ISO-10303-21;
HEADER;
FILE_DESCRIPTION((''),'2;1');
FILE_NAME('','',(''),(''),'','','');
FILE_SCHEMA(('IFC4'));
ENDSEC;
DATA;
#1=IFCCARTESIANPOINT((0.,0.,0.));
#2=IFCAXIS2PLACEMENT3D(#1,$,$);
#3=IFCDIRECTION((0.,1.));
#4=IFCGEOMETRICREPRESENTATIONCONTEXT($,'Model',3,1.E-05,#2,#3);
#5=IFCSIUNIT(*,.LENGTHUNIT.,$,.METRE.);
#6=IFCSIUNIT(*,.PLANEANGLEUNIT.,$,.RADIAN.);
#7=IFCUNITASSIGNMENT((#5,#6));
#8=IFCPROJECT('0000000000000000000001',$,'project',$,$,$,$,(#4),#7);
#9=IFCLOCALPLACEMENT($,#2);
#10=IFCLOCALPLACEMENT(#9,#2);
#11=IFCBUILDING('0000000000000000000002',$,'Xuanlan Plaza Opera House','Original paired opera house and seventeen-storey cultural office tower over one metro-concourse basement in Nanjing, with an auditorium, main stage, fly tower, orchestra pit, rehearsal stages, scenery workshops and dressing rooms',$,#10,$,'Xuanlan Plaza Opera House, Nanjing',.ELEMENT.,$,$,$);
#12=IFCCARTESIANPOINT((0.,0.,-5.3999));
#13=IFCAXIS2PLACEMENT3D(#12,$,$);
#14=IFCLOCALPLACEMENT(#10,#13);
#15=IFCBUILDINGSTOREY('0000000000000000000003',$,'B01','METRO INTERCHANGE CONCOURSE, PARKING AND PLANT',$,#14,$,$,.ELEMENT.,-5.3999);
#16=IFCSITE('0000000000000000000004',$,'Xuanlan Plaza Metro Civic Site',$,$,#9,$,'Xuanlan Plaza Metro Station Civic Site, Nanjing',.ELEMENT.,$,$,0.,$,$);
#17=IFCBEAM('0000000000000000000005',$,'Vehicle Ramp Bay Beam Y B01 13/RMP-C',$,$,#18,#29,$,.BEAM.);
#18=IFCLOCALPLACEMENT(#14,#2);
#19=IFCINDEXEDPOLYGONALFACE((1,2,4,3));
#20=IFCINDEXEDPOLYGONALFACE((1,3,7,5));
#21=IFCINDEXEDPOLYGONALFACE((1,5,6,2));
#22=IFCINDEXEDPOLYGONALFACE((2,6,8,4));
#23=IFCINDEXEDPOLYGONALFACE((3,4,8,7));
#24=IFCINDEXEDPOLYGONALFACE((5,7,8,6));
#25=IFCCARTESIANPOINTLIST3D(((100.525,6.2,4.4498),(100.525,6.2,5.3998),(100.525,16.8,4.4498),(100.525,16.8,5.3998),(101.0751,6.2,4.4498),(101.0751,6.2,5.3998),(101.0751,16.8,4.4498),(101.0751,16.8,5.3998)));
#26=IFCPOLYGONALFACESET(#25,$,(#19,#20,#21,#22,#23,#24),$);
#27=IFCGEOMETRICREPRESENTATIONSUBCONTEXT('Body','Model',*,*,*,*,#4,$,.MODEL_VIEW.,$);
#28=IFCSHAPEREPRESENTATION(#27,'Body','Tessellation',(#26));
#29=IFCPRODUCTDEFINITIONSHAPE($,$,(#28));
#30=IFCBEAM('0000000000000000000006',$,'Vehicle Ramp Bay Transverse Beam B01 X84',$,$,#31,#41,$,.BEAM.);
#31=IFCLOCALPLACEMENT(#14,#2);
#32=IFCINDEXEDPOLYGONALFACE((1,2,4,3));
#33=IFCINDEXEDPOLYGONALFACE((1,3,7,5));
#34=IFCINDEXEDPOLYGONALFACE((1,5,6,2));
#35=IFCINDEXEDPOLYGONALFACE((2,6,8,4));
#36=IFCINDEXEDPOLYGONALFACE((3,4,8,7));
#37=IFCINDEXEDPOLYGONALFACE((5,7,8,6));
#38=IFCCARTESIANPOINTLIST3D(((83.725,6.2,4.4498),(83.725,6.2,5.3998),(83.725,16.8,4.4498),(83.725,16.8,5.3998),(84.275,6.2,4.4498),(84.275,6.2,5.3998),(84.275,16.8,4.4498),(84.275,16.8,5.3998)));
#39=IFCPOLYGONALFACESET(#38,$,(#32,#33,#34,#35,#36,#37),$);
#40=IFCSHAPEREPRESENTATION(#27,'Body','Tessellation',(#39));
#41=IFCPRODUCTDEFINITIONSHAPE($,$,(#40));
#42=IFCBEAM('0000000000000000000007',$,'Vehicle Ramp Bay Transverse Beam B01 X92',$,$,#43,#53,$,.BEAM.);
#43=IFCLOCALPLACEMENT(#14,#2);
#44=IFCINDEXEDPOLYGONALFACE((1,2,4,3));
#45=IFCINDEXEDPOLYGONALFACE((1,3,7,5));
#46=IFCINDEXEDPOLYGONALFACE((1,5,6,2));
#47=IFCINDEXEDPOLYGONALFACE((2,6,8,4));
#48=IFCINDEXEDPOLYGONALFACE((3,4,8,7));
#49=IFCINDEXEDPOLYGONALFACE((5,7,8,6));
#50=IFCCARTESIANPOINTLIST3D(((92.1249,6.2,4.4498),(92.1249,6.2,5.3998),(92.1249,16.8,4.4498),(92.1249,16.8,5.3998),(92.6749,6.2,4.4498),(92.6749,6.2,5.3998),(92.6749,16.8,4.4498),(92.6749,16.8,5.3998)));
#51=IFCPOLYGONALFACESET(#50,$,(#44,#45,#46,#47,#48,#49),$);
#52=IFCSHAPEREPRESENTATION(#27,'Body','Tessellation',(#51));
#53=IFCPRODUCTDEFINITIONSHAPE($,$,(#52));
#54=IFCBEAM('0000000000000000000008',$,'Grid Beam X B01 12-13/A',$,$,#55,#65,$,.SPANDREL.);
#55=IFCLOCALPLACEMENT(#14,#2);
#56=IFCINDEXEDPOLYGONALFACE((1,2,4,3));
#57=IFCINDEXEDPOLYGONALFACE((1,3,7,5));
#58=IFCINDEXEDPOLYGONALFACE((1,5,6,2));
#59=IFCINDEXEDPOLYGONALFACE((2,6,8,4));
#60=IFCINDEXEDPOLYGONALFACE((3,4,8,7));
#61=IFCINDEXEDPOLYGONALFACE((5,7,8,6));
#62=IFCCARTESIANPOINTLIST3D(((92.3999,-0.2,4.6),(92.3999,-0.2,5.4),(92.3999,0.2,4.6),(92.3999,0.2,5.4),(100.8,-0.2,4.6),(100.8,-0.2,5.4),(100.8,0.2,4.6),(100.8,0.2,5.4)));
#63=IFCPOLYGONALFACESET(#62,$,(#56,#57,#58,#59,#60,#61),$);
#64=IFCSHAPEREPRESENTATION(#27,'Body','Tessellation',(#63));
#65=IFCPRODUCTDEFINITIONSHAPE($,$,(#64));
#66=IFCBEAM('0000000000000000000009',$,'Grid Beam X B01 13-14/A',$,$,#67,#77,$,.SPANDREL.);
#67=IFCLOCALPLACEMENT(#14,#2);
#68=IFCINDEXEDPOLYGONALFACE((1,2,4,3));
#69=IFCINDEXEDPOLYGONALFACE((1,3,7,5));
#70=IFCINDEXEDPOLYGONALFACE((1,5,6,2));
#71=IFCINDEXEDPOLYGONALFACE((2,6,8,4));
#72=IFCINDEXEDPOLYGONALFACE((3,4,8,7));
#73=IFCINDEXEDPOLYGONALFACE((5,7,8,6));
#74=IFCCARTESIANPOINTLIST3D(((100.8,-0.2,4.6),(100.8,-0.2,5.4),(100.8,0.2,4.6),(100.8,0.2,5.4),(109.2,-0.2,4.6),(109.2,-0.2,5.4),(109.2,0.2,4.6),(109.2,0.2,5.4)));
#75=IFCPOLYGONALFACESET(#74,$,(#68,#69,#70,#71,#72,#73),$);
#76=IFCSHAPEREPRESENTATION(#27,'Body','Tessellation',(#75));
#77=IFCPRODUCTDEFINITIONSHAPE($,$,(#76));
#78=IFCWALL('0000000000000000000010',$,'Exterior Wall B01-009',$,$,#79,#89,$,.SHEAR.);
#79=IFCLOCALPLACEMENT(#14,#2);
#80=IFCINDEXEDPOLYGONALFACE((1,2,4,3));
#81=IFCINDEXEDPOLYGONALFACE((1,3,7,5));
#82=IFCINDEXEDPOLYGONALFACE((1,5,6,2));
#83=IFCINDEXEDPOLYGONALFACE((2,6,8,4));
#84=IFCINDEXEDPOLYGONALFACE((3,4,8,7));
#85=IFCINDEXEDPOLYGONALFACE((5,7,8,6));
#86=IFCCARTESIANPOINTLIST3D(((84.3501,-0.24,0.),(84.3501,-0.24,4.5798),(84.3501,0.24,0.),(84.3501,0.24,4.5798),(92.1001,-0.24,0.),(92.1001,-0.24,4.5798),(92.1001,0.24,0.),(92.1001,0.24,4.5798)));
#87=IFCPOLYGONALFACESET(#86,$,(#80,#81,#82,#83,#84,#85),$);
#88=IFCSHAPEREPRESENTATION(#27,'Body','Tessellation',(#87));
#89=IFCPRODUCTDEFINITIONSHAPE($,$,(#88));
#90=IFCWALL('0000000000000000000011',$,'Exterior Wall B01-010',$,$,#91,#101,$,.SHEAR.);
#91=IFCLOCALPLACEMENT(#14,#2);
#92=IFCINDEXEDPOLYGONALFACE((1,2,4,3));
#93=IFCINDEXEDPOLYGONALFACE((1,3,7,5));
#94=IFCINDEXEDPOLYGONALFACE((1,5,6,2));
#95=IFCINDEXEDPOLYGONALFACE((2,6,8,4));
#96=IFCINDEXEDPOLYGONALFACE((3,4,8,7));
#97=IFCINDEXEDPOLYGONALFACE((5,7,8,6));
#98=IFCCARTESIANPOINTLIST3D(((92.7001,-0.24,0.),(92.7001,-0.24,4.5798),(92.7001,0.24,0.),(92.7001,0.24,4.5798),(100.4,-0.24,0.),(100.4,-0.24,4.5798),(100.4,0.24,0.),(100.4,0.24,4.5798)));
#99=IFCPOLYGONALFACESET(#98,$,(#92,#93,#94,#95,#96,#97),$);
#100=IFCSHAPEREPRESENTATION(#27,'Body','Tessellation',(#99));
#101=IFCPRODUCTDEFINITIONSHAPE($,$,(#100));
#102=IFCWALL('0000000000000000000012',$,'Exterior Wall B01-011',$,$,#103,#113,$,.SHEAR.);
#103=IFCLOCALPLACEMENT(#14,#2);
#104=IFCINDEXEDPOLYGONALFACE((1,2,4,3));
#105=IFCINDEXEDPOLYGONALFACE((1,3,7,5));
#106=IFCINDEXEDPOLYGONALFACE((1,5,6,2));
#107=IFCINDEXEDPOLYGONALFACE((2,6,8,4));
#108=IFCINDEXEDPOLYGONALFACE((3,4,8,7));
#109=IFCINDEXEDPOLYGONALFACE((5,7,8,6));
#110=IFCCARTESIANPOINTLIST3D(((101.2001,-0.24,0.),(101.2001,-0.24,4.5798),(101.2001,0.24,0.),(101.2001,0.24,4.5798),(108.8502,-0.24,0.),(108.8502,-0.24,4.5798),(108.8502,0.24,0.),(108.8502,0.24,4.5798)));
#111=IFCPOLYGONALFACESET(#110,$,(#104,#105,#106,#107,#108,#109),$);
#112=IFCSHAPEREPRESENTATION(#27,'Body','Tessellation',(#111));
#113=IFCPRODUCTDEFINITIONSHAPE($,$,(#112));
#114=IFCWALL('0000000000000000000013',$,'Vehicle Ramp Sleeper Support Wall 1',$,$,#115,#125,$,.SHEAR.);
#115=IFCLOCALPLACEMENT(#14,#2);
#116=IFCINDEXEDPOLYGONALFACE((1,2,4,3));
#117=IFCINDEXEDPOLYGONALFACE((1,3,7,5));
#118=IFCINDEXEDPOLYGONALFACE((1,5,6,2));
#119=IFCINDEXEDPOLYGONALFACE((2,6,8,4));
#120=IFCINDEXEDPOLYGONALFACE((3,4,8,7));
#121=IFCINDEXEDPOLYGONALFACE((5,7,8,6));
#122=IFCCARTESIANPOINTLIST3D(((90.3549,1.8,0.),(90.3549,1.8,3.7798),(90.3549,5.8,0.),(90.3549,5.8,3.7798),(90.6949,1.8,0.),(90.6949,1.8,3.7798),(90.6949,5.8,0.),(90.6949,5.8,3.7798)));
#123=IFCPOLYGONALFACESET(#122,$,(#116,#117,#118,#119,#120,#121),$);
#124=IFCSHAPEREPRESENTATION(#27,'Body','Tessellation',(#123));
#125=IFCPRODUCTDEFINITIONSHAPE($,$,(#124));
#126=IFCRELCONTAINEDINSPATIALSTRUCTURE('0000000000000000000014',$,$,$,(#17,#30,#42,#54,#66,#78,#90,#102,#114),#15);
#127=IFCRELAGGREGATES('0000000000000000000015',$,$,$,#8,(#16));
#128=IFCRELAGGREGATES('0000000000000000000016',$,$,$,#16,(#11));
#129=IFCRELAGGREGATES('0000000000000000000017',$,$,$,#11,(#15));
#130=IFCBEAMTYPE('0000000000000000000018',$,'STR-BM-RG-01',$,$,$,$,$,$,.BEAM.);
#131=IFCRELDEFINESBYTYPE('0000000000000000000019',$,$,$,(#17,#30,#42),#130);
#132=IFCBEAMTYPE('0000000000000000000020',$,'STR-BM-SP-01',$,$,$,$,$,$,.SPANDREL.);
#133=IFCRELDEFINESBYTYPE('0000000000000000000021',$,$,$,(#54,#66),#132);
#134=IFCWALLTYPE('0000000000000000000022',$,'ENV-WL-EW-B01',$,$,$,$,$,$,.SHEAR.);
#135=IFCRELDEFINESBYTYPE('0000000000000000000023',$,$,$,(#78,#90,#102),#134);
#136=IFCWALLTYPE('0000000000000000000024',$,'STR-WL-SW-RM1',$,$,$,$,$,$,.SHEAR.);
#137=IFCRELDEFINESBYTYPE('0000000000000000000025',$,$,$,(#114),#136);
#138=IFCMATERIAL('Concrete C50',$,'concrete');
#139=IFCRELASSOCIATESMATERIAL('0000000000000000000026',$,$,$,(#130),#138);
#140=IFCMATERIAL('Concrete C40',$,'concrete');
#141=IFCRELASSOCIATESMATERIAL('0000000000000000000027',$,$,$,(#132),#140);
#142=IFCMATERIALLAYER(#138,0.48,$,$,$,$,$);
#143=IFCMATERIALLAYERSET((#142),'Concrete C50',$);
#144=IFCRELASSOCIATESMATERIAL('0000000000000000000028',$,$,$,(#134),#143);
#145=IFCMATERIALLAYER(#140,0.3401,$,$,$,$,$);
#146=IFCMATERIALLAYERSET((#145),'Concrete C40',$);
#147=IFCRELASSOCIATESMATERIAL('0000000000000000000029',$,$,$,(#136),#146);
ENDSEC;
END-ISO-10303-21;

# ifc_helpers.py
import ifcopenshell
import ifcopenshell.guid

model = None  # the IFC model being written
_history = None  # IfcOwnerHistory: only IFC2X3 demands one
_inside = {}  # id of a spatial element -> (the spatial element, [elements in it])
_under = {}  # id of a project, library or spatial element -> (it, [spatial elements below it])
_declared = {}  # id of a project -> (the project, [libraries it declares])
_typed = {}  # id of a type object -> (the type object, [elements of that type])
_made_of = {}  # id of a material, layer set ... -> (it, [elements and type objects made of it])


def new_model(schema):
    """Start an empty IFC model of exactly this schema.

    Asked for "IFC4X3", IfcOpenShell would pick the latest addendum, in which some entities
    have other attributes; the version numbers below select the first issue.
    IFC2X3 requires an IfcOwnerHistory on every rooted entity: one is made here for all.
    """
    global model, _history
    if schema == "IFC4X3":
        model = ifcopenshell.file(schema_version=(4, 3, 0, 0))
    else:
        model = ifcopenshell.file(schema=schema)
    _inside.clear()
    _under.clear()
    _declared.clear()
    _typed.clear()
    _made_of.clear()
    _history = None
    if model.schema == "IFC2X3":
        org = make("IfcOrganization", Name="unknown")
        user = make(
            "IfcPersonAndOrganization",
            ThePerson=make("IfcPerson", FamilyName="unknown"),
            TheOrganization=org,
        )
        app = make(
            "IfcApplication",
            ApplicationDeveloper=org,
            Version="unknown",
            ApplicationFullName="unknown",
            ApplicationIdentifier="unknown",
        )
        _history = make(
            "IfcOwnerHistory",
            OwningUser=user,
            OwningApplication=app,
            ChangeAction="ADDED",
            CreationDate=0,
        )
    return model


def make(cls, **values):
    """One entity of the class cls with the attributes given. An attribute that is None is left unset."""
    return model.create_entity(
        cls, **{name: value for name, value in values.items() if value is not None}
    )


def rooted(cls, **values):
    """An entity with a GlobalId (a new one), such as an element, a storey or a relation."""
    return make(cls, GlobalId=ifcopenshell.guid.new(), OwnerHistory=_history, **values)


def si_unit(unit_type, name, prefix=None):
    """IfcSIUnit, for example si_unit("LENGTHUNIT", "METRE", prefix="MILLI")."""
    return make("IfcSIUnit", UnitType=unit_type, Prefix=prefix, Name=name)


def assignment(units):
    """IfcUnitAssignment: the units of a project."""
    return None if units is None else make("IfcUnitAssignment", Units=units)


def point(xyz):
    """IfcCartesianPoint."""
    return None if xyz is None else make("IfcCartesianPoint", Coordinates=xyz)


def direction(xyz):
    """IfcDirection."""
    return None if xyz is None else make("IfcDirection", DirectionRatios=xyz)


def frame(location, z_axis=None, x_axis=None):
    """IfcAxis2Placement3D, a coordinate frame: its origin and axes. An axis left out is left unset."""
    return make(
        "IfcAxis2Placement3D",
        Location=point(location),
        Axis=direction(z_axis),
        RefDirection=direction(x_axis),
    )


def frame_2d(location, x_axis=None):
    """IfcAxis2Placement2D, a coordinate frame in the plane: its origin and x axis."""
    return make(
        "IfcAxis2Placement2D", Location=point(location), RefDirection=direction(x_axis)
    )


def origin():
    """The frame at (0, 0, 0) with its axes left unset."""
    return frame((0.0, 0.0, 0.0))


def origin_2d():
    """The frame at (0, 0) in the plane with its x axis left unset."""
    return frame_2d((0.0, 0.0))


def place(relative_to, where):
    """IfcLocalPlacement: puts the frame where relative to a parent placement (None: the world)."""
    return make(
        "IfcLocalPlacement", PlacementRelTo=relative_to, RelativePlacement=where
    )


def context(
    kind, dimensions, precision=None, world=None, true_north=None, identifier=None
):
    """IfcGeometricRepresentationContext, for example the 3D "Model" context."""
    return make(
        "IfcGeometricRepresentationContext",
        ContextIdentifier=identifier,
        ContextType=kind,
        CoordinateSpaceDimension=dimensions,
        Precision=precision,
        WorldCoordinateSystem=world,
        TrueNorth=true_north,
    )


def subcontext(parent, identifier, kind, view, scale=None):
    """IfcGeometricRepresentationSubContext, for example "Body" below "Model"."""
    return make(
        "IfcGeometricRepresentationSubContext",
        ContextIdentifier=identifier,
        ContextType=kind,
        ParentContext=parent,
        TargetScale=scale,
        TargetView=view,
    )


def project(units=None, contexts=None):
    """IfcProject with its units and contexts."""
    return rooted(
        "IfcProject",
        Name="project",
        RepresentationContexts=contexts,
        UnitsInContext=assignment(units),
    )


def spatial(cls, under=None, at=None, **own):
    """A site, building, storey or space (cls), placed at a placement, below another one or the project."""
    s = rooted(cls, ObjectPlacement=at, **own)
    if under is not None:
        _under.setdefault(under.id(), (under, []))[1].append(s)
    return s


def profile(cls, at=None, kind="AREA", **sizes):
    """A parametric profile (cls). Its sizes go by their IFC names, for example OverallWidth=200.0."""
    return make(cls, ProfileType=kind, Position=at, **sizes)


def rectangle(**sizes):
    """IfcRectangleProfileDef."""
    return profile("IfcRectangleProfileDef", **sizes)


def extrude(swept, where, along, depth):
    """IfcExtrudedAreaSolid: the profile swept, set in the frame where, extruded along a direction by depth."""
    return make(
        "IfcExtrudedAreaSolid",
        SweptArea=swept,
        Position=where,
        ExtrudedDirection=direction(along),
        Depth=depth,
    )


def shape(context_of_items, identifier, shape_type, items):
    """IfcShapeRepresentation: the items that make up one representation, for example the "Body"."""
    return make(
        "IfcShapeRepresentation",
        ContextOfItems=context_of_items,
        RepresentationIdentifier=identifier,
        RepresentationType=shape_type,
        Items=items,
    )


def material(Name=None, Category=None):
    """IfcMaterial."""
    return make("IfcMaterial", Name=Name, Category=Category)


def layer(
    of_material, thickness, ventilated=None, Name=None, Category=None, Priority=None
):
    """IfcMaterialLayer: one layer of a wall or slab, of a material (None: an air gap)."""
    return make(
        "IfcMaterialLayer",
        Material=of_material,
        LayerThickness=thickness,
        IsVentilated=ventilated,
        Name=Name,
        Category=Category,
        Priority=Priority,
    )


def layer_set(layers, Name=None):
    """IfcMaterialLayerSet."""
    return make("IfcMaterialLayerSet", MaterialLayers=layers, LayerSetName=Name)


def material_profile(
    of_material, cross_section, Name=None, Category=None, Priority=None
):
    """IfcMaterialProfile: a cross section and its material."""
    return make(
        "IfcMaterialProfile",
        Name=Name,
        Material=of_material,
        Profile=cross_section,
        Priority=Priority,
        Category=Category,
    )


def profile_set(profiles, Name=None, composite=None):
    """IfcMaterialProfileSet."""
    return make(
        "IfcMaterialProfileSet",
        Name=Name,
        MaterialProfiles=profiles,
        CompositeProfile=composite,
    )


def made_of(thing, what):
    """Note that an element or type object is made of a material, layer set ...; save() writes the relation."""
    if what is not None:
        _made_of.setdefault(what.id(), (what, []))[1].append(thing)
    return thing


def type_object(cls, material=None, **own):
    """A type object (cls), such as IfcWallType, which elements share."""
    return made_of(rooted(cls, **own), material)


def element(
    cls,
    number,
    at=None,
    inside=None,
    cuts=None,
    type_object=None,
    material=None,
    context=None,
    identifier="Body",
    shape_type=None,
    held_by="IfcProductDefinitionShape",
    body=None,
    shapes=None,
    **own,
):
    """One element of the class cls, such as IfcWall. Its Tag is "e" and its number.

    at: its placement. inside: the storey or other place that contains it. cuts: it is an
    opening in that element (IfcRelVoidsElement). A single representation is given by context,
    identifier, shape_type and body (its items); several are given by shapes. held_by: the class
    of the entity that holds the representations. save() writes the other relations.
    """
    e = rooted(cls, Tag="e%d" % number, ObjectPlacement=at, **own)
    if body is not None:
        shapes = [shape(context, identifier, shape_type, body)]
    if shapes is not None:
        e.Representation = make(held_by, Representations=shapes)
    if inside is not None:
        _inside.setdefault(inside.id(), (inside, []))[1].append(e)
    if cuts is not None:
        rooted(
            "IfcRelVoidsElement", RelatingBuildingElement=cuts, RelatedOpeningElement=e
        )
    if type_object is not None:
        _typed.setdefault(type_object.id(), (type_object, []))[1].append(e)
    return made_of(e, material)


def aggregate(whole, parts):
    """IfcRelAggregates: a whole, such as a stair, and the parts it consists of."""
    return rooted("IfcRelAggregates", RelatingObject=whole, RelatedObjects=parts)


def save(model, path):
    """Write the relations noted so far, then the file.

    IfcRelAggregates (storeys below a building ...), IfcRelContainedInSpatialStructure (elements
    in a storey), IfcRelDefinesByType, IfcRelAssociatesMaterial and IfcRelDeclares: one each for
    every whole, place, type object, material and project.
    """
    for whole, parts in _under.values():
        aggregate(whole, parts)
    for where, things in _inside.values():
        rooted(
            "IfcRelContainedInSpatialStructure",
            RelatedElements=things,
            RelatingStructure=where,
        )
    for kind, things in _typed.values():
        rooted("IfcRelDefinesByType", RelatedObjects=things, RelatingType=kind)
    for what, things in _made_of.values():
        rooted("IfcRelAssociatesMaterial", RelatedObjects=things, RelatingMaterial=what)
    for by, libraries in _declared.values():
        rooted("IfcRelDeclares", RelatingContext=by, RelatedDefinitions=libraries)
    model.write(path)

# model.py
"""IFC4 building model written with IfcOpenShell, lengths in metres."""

from ifc_helpers import new_model, si_unit, direction, frame, frame_2d, origin, origin_2d, place, context, subcontext, project, spatial, rectangle, extrude, material, layer, layer_set, material_profile, profile_set, type_object, element, save


model = new_model("IFC4")

# Units and contexts
model_context = context("Model", 3, precision=1e-05, world=origin(), true_north=direction((0.0, 1.0)))
body_context = subcontext(model_context, "Body", "Model", "MODEL_VIEW")
ifc_project = project(units=[si_unit("LENGTHUNIT", "METRE"), si_unit("PLANEANGLEUNIT", "RADIAN")], contexts=[model_context])

# Site, building, storey
site_placement = place(None, origin())
site = spatial("IfcSite", under=ifc_project, at=site_placement, Name="Xuanlan Plaza Metro Civic Site", LongName="Xuanlan Plaza Metro Station Civic Site, Nanjing", CompositionType="ELEMENT", RefElevation=0.0)
building_placement = place(site_placement, origin())
building = spatial("IfcBuilding", under=site, at=building_placement, Name="Xuanlan Plaza Opera House", Description="Original paired opera house and seventeen-storey cultural office tower over one metro-concourse basement in Nanjing, with an auditorium, main stage, fly tower, orchestra pit, rehearsal stages, scenery workshops and dressing rooms", LongName="Xuanlan Plaza Opera House, Nanjing", CompositionType="ELEMENT")
storey_placement = place(building_placement, frame((0.0, 0.0, -5.3999)))
storey = spatial("IfcBuildingStorey", under=building, at=storey_placement, Name="B01", Description="METRO INTERCHANGE CONCOURSE, PARKING AND PLANT", CompositionType="ELEMENT", Elevation=-5.3999)

# Shared definitions
ifc_material_1 = material(Name="Concrete C40", Category="concrete")

# Beams
ifc_material_2 = material(Name="Concrete C50", Category="concrete")
ifc_material_profile_1 = material_profile(ifc_material_2, rectangle(XDim=0.55, YDim=0.95, at=origin_2d()), Name="RC-BM 550x950")
ifc_profile_set_1 = profile_set([ifc_material_profile_1], Name="Concrete C50")
beam_type_1 = type_object("IfcBeamType", Name="STR-BM-RG-01", PredefinedType="BEAM", material=ifc_profile_set_1)
for number, where, z_axis, x_axis, name in (
    (1, (100.8, 6.2, 4.9248), (0.0, 1.0, 0.0), (-1.0, 0.0, 0.0), "Vehicle Ramp Bay Beam Y B01 13/RMP-C"),
    (2, (84.0, 6.2, 4.9248), (0.0, 1.0, 0.0), (-1.0, 0.0, 0.0), "Vehicle Ramp Bay Transverse Beam B01 X84"),
    (3, (92.3999, 6.2, 4.9248), (0.0, 1.0, 0.0), (-1.0, 0.0, 0.0), "Vehicle Ramp Bay Transverse Beam B01 X92"),
):
    element("IfcBeam", number, at=place(storey_placement, frame(where, z_axis=z_axis, x_axis=x_axis)), inside=storey, type_object=beam_type_1, Name=name, PredefinedType="BEAM", context=body_context, shape_type="SweptSolid", body=[
        extrude(rectangle(XDim=0.55, YDim=0.95, at=origin_2d()), origin(), (0.0, 0.0, 1.0), 10.6001),
    ])
ifc_material_profile_2 = material_profile(ifc_material_1, rectangle(XDim=0.3999, YDim=0.8, at=origin_2d()), Name="RC-SPD 400x800")
ifc_profile_set_2 = profile_set([ifc_material_profile_2], Name="Concrete C40")
beam_type_2 = type_object("IfcBeamType", Name="STR-BM-SP-01", PredefinedType="SPANDREL", material=ifc_profile_set_2)
beam_1_placement = place(storey_placement, frame((92.3999, 0.0, 5.0), z_axis=(1.0, 0.0, 0.0), x_axis=(0.0, 1.0, 0.0)))
element("IfcBeam", 4, at=beam_1_placement, inside=storey, type_object=beam_type_2, Name="Grid Beam X B01 12-13/A", PredefinedType="SPANDREL", context=body_context, shape_type="SweptSolid", body=[
    extrude(rectangle(XDim=0.3999, YDim=0.8, at=origin_2d()), origin(), (0.0, 0.0, 1.0), 8.4001),
])
beam_2_placement = place(storey_placement, frame((100.8, 0.0, 5.0), z_axis=(1.0, 0.0, 0.0), x_axis=(0.0, 1.0, 0.0)))
element("IfcBeam", 5, at=beam_2_placement, inside=storey, type_object=beam_type_2, Name="Grid Beam X B01 13-14/A", PredefinedType="SPANDREL", context=body_context, shape_type="SweptSolid", body=[
    extrude(rectangle(XDim=0.3999, YDim=0.8, at=origin_2d()), origin(), (0.0, 0.0, 1.0), 8.3999),
])

# Walls
ifc_layer_1 = layer(ifc_material_2, 0.48)
ifc_layer_set_1 = layer_set([ifc_layer_1], Name="Concrete C50")
wall_type_1 = type_object("IfcWallType", Name="ENV-WL-EW-B01", PredefinedType="SHEAR", material=ifc_layer_set_1)
wall_1_placement = place(storey_placement, frame((84.3501, 0.0, 0.0), z_axis=(0.0, 0.0, 1.0), x_axis=(1.0, 0.0, 0.0)))
element("IfcWall", 6, at=wall_1_placement, inside=storey, type_object=wall_type_1, Name="Exterior Wall B01-009", PredefinedType="SHEAR", context=body_context, shape_type="SweptSolid", body=[
    extrude(rectangle(XDim=7.75, YDim=0.48, at=frame_2d((3.875, 0.0))), origin(), (0.0, 0.0, 1.0), 4.5798),
])
wall_2_placement = place(storey_placement, frame((92.7, 0.0, 0.0), z_axis=(0.0, 0.0, 1.0), x_axis=(1.0, 0.0, 0.0)))
element("IfcWall", 7, at=wall_2_placement, inside=storey, type_object=wall_type_1, Name="Exterior Wall B01-010", PredefinedType="SHEAR", context=body_context, shape_type="SweptSolid", body=[
    extrude(rectangle(XDim=7.7, YDim=0.48, at=frame_2d((3.8501, 0.0))), origin(), (0.0, 0.0, 1.0), 4.5798),
])
wall_3_placement = place(storey_placement, frame((101.2, 0.0, 0.0), z_axis=(0.0, 0.0, 1.0), x_axis=(1.0, 0.0, 0.0)))
element("IfcWall", 8, at=wall_3_placement, inside=storey, type_object=wall_type_1, Name="Exterior Wall B01-011", PredefinedType="SHEAR", context=body_context, shape_type="SweptSolid", body=[
    extrude(rectangle(XDim=7.6501, YDim=0.48, at=frame_2d((3.8252, 0.0))), origin(), (0.0, 0.0, 1.0), 4.5798),
])
ifc_layer_2 = layer(ifc_material_1, 0.3401)
ifc_layer_set_2 = layer_set([ifc_layer_2], Name="Concrete C40")
wall_type_2 = type_object("IfcWallType", Name="STR-WL-SW-RM1", PredefinedType="SHEAR", material=ifc_layer_set_2)
wall_4_placement = place(storey_placement, frame((90.5249, 1.8, 0.0), z_axis=(0.0, 0.0, 1.0), x_axis=(0.0, 1.0, 0.0)))
element("IfcWall", 9, at=wall_4_placement, inside=storey, type_object=wall_type_2, Name="Vehicle Ramp Sleeper Support Wall 1", PredefinedType="SHEAR", context=body_context, shape_type="SweptSolid", body=[
    extrude(rectangle(XDim=4.0, YDim=0.3401, at=frame_2d((2.0, 0.0))), origin(), (0.0, 0.0, 1.0), 3.7798),
])

save(model, "model.ifc")
